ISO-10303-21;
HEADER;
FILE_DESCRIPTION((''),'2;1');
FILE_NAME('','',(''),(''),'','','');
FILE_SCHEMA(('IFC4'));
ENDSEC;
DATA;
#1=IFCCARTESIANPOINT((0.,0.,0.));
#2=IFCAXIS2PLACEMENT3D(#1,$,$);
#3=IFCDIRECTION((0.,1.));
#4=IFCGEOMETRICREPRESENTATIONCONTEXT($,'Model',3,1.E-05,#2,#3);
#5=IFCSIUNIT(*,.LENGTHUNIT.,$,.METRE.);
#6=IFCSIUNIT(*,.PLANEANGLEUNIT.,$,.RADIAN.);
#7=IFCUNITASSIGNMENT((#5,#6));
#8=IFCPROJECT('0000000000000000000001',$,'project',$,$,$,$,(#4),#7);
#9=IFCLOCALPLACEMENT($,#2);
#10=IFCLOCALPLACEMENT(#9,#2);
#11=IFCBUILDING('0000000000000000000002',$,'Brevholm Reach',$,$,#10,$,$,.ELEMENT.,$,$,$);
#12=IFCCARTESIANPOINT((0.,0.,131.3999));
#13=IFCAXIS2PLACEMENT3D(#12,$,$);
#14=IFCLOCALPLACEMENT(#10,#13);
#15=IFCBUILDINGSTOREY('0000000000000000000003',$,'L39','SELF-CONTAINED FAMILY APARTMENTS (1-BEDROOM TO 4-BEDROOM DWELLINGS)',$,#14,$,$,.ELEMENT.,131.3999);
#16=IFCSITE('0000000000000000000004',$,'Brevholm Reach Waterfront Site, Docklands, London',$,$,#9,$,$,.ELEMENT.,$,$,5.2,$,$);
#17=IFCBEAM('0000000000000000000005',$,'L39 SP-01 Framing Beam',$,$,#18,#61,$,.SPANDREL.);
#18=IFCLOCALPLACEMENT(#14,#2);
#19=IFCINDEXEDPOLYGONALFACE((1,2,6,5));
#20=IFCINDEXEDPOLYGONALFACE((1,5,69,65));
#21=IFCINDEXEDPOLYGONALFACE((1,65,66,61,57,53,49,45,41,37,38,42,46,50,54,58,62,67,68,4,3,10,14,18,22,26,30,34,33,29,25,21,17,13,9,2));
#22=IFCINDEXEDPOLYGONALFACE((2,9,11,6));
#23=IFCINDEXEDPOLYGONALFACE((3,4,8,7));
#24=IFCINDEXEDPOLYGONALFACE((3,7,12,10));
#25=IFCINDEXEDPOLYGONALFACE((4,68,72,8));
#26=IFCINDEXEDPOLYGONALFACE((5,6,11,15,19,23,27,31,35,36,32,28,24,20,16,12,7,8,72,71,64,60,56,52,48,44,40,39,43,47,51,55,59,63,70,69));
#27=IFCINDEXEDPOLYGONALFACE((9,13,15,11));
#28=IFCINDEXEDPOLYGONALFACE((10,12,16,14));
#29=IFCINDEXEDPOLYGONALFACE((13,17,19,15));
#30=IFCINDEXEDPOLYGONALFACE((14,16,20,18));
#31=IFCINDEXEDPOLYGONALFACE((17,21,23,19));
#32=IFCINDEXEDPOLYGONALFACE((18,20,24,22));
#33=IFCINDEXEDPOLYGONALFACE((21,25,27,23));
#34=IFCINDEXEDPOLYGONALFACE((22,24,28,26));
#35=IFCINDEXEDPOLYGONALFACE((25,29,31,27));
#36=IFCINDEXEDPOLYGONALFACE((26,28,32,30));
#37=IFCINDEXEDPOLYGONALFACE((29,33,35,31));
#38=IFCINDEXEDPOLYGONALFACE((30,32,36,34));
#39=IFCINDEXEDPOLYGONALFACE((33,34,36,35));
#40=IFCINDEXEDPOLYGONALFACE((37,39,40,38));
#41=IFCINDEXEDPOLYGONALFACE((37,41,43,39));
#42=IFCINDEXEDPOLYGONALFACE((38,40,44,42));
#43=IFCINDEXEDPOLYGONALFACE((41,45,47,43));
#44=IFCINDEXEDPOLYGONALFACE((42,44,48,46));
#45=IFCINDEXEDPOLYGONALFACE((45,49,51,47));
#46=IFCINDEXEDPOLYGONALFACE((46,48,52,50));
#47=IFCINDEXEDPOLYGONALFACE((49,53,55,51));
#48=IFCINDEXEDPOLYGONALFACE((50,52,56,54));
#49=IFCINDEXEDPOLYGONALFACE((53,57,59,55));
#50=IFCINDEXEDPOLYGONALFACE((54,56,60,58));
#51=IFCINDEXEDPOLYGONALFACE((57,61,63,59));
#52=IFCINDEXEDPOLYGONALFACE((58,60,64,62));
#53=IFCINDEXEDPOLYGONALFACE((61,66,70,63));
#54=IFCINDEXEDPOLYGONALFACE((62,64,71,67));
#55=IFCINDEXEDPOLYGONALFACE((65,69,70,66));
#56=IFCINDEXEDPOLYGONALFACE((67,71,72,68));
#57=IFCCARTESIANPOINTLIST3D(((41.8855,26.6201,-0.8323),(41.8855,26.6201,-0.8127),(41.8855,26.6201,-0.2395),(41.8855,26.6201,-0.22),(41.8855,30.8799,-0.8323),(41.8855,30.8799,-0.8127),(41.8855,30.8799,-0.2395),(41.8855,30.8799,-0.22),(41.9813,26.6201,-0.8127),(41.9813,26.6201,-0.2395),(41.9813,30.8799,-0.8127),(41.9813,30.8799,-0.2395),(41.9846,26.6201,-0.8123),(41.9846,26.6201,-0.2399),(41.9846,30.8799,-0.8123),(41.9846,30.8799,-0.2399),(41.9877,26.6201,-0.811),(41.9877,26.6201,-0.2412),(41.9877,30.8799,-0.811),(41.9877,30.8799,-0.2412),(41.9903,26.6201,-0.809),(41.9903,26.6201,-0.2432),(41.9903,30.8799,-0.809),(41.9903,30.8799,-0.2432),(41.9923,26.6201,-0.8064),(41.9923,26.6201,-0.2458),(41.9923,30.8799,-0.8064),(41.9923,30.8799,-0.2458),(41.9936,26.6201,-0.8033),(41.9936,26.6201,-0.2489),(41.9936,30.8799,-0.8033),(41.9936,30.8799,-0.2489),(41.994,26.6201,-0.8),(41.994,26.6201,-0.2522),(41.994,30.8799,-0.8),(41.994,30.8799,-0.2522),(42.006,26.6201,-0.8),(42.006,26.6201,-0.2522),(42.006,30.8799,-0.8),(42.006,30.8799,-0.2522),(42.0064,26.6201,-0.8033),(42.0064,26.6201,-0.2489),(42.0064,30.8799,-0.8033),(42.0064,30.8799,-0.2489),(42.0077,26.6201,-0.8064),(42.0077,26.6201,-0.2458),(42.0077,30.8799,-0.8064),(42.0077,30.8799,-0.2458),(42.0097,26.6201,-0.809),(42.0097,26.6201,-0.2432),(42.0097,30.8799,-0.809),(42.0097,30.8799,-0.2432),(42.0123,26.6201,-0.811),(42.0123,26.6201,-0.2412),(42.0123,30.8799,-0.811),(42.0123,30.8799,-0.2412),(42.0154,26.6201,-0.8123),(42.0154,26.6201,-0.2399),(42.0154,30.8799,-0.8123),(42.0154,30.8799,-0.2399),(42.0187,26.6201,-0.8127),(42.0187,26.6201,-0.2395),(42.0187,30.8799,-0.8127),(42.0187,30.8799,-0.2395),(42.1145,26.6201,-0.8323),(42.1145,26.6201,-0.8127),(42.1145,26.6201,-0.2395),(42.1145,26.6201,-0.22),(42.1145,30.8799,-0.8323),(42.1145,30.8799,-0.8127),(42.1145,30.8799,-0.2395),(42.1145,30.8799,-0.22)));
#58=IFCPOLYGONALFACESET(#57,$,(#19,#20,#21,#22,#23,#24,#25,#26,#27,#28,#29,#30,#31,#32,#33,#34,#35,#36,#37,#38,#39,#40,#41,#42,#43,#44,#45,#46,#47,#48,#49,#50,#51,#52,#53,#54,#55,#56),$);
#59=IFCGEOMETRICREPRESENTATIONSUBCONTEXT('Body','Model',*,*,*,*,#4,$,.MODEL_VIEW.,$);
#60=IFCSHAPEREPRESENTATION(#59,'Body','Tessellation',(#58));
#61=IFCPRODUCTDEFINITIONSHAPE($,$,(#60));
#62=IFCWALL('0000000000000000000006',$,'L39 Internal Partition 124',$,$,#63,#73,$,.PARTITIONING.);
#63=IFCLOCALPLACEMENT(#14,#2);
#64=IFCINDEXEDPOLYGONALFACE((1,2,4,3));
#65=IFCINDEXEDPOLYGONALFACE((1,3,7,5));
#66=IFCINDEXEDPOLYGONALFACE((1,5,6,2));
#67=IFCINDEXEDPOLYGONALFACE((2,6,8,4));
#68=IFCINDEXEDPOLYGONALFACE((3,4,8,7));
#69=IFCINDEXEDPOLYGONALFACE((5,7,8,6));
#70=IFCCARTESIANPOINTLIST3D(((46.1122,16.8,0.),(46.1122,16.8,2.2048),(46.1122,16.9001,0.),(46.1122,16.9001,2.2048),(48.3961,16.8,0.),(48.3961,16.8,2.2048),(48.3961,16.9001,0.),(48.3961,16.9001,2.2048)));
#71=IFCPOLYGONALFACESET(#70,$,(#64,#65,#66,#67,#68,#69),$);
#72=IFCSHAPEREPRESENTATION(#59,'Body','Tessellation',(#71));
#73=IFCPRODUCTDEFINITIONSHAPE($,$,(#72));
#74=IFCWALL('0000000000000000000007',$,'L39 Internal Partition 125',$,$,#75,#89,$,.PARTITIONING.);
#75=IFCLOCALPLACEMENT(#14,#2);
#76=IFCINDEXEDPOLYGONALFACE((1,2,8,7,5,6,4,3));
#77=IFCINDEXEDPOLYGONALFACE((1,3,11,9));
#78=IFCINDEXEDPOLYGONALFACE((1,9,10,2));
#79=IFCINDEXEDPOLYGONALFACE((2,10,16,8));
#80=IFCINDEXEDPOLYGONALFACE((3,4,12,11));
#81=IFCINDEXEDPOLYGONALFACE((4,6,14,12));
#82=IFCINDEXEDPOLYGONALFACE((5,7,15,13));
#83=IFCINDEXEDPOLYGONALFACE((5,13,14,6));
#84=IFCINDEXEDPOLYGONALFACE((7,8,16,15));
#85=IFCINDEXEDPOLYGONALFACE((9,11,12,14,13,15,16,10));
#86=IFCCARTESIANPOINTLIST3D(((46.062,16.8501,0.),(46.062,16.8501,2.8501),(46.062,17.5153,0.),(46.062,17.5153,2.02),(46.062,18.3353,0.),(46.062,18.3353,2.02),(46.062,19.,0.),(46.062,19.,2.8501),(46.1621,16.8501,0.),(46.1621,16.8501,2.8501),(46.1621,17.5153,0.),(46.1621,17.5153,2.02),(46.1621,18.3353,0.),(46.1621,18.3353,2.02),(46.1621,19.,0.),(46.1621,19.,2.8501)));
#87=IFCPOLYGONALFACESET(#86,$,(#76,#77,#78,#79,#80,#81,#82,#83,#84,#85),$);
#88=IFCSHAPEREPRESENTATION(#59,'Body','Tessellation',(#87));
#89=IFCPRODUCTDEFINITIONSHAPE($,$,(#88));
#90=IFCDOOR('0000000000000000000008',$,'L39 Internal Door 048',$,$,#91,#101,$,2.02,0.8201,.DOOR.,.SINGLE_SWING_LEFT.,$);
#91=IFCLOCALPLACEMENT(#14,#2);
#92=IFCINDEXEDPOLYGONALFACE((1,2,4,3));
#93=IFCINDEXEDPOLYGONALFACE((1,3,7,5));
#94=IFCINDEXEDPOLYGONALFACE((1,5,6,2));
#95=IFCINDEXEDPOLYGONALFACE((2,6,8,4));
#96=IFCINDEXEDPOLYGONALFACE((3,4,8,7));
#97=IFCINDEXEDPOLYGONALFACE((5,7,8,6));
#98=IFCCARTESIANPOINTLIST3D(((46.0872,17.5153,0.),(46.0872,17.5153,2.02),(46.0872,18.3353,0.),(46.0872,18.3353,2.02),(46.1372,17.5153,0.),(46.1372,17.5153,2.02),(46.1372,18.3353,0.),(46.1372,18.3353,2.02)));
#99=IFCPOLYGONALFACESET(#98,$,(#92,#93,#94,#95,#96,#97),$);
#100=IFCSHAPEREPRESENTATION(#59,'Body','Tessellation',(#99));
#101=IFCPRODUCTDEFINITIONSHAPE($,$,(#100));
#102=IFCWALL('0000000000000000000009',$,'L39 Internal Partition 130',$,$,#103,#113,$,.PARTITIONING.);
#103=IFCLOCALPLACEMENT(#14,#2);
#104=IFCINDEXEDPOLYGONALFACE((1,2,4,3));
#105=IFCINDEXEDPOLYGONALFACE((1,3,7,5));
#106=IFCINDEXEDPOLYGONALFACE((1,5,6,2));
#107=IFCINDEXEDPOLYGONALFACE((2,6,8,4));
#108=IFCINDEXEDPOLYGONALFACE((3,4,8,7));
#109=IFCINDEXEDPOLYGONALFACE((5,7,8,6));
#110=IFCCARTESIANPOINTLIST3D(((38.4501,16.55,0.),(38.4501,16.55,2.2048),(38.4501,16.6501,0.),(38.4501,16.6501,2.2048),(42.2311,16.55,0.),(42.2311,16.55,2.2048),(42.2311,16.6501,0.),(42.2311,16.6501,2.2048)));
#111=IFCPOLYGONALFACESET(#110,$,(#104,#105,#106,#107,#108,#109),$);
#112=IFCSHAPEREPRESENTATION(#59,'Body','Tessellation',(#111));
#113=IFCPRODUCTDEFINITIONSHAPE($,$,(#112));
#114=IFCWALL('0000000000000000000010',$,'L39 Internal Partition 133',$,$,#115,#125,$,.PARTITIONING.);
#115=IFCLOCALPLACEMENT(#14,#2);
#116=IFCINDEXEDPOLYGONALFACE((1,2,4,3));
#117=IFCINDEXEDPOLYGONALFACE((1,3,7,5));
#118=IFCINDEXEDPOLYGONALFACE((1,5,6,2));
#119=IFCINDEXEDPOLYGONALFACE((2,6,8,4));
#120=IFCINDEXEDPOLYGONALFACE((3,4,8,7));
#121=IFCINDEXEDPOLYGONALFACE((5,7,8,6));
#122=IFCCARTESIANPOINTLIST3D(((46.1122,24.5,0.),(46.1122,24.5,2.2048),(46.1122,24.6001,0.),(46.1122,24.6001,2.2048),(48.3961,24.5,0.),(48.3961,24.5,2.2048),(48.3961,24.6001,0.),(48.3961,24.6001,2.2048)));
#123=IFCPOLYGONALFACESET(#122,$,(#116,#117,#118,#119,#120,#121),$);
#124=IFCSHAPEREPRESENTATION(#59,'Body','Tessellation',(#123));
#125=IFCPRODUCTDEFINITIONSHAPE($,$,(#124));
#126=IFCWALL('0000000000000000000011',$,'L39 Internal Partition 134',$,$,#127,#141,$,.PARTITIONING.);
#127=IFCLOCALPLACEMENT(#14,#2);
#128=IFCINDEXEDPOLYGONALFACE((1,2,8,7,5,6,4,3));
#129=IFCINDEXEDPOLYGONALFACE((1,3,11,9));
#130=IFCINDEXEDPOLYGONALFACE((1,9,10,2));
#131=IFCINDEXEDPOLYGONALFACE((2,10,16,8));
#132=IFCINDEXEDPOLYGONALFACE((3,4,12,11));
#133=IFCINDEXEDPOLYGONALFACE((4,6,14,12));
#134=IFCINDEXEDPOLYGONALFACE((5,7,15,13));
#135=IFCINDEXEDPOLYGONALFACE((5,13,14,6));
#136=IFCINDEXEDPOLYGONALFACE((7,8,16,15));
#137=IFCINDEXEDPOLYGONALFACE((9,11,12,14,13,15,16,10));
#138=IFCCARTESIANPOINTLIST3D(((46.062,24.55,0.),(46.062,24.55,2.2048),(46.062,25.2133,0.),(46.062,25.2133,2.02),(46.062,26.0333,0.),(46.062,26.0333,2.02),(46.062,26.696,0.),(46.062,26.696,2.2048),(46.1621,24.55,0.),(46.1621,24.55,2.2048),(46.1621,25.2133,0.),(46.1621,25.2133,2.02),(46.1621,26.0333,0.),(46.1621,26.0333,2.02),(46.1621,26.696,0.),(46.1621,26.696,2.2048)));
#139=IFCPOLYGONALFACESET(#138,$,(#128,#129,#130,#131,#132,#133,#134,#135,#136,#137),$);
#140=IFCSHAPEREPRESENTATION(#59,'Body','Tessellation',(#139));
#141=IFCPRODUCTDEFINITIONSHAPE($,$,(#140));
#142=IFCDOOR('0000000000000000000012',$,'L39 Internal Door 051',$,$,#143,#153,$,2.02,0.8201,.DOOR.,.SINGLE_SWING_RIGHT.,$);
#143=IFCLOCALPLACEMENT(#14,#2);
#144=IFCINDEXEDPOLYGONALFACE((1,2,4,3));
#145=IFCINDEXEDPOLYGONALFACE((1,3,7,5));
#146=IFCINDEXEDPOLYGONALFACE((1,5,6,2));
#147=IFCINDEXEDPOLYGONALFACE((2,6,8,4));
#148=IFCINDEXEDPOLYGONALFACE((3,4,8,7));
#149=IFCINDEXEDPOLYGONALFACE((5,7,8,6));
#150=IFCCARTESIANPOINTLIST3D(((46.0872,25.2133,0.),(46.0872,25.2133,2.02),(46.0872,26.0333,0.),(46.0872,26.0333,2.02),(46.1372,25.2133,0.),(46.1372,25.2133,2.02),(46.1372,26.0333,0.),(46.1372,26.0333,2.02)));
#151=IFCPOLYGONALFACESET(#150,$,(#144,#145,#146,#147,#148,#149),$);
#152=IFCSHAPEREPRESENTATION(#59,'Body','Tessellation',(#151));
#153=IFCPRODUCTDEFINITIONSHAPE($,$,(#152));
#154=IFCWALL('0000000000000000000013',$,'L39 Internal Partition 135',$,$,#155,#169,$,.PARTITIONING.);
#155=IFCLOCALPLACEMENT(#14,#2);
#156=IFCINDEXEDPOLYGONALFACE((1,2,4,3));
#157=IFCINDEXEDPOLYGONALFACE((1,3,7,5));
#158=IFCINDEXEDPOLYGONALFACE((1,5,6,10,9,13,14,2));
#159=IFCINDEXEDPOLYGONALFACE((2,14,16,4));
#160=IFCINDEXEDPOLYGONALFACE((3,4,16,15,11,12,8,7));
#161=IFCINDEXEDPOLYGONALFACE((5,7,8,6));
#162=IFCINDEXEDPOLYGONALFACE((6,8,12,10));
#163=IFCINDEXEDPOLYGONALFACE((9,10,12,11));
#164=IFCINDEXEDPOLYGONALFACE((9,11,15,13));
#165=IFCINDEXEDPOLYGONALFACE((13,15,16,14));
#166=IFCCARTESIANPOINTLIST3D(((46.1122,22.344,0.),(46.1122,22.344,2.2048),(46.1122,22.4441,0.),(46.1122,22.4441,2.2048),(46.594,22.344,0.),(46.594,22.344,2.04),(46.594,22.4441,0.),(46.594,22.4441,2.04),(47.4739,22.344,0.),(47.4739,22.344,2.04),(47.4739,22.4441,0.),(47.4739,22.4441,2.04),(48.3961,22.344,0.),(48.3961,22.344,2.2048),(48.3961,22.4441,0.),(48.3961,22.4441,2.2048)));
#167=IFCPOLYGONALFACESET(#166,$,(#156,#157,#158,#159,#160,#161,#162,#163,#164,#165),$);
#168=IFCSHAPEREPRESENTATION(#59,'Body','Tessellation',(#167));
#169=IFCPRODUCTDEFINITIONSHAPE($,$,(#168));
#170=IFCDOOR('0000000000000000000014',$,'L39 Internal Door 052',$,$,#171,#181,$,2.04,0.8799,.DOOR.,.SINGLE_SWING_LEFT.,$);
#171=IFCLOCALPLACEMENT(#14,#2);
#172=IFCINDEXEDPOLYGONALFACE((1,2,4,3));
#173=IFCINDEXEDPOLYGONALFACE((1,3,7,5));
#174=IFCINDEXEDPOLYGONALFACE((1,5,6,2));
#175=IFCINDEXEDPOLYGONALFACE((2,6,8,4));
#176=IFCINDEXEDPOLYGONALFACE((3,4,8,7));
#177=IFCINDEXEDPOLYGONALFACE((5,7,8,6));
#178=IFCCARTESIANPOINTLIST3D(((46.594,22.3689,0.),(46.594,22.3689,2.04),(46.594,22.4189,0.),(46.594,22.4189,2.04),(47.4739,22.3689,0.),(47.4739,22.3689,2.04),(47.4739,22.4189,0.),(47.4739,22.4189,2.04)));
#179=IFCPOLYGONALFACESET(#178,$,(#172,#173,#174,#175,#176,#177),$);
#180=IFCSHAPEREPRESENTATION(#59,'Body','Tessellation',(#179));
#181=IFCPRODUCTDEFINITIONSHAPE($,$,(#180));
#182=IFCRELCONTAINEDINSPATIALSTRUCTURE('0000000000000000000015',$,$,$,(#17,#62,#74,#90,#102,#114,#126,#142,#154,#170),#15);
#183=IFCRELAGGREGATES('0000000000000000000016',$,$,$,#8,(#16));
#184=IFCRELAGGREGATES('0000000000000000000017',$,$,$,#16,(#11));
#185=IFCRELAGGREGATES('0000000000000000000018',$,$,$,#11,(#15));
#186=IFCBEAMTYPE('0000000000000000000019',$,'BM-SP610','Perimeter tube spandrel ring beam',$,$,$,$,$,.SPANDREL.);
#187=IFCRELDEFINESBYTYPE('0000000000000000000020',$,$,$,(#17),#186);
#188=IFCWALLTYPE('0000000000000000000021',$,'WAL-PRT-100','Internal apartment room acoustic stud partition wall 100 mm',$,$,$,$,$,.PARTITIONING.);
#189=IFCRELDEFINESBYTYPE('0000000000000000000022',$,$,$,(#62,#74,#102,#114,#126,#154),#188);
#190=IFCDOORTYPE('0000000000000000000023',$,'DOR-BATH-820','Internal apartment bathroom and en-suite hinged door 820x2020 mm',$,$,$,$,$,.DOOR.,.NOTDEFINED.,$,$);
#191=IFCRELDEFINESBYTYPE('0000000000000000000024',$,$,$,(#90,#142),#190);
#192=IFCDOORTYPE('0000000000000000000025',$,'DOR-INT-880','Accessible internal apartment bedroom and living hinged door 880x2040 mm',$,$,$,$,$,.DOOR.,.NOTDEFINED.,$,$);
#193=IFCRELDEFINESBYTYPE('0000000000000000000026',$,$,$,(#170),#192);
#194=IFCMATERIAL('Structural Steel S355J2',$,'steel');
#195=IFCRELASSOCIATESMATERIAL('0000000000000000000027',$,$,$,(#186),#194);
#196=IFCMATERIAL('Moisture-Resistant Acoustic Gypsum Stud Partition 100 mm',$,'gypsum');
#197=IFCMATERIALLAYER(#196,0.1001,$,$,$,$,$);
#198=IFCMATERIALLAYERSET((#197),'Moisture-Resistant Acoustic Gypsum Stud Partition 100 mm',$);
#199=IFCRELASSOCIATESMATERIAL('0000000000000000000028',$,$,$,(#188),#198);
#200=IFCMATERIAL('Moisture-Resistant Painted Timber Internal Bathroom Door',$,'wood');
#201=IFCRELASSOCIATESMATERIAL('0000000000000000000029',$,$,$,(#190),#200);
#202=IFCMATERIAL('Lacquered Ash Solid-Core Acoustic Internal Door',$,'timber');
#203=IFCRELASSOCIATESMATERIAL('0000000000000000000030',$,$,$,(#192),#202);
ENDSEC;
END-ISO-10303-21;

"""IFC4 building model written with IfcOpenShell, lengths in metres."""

from ifc_helpers import new_model, si_unit, direction, frame, frame_2d, origin, origin_2d, place, context, subcontext, project, spatial, rectangle, i_section, extrude, material, layer, layer_set, material_profile, profile_set, type_object, element, fill, save


model = new_model("IFC4")

# Units and contexts
model_context = context("Model", 3, precision=1e-05, world=origin(), true_north=direction((0.0, 1.0)))
body_context = subcontext(model_context, "Body", "Model", "MODEL_VIEW")
ifc_project = project(units=[si_unit("LENGTHUNIT", "METRE"), si_unit("PLANEANGLEUNIT", "RADIAN")], contexts=[model_context])

# Site, building, storey
site_placement = place(None, origin())
site = spatial("IfcSite", under=ifc_project, at=site_placement, Name="Brevholm Reach Waterfront Site, Docklands, London", CompositionType="ELEMENT", RefElevation=5.2)
building_placement = place(site_placement, origin())
building = spatial("IfcBuilding", under=site, at=building_placement, Name="Brevholm Reach", CompositionType="ELEMENT")
storey_placement = place(building_placement, frame((0.0, 0.0, 131.3999)))
storey = spatial("IfcBuildingStorey", under=building, at=storey_placement, Name="L39", Description="SELF-CONTAINED FAMILY APARTMENTS (1-BEDROOM TO 4-BEDROOM DWELLINGS)", CompositionType="ELEMENT", Elevation=131.3999)

# Beam
ifc_material_1 = material(Name="Structural Steel S355J2", Category="steel")
ifc_material_profile_1 = material_profile(ifc_material_1, i_section(OverallWidth=0.229, OverallDepth=0.6123, WebThickness=0.012, FlangeThickness=0.0195, FilletRadius=0.0127, at=origin_2d()), Name="UKB 610x229x125")
ifc_profile_set_1 = profile_set([ifc_material_profile_1], Name="Structural Steel S355J2")
beam_type_1 = type_object("IfcBeamType", Name="BM-SP610", Description="Perimeter tube spandrel ring beam", PredefinedType="SPANDREL", material=ifc_profile_set_1)
beam_1_placement = place(storey_placement, frame((42.0, 26.6201, -0.5261), z_axis=(0.0, 1.0, 0.0), x_axis=(-1.0, 0.0, 0.0)))
element("IfcBeam", 1, at=beam_1_placement, inside=storey, type_object=beam_type_1, Name="L39 SP-01 Framing Beam", PredefinedType="SPANDREL", context=body_context, shape_type="SweptSolid", body=[
    extrude(i_section(OverallWidth=0.229, OverallDepth=0.6123, WebThickness=0.012, FlangeThickness=0.0195, FilletRadius=0.0127, at=origin_2d()), origin(), (0.0, 0.0, 1.0), 4.2598),
])

# Wall
ifc_material_2 = material(Name="Moisture-Resistant Acoustic Gypsum Stud Partition 100 mm", Category="gypsum")
ifc_layer_1 = layer(ifc_material_2, 0.1001)
ifc_layer_set_1 = layer_set([ifc_layer_1], Name="Moisture-Resistant Acoustic Gypsum Stud Partition 100 mm")
wall_type_1 = type_object("IfcWallType", Name="WAL-PRT-100", Description="Internal apartment room acoustic stud partition wall 100 mm", PredefinedType="PARTITIONING", material=ifc_layer_set_1)
wall_1_placement = place(storey_placement, frame((46.1121, 16.8501, 0.0), z_axis=(0.0, 0.0, 1.0), x_axis=(1.0, 0.0, 0.0)))
element("IfcWall", 2, at=wall_1_placement, inside=storey, type_object=wall_type_1, Name="L39 Internal Partition 124", PredefinedType="PARTITIONING", context=body_context, shape_type="SweptSolid", body=[
    extrude(rectangle(XDim=2.2839, YDim=0.1001, at=frame_2d((1.1421, 0.0))), origin(), (0.0, 0.0, 1.0), 2.2048),
])

# Wall, opening, door
wall_2_placement = place(storey_placement, frame((46.1121, 16.8501, 0.0), z_axis=(0.0, 0.0, 1.0), x_axis=(0.0, 1.0, 0.0)))
wall_2 = element("IfcWall", 3, at=wall_2_placement, inside=storey, type_object=wall_type_1, Name="L39 Internal Partition 125", PredefinedType="PARTITIONING", context=body_context, shape_type="SweptSolid", body=[
    extrude(rectangle(XDim=2.1499, YDim=0.1001, at=frame_2d((1.075, 0.0))), origin(), (0.0, 0.0, 1.0), 2.8501),
])
opening_1_placement = place(wall_2_placement, frame((0.665, 0.0, 0.0)))
opening_1 = element("IfcOpeningElement", 4, at=opening_1_placement, cuts=wall_2, PredefinedType="OPENING", context=body_context, shape_type="SweptSolid", body=[
    extrude(rectangle(XDim=0.8201, YDim=2.02, at=frame_2d((0.4102, 1.01))), frame((0.0, 0.0601, 0.0), z_axis=(0.0, -1.0, 0.0), x_axis=(1.0, 0.0, 0.0)), (0.0, 0.0, 1.0), 0.1201),
])
ifc_material_3 = material(Name="Moisture-Resistant Painted Timber Internal Bathroom Door", Category="wood")
door_type_1 = type_object("IfcDoorType", Name="DOR-BATH-820", Description="Internal apartment bathroom and en-suite hinged door 820x2020 mm", OperationType="NOTDEFINED", PredefinedType="DOOR", material=ifc_material_3)
door_1_placement = place(opening_1_placement, origin())
door_1 = element("IfcDoor", 5, at=door_1_placement, inside=storey, type_object=door_type_1, Name="L39 Internal Door 048", OperationType="SINGLE_SWING_LEFT", OverallHeight=2.02, OverallWidth=0.8201, PredefinedType="DOOR", context=body_context, shape_type="SweptSolid", body=[
    extrude(rectangle(XDim=0.8201, YDim=2.02, at=frame_2d((0.4102, 1.01))), frame((0.0, 0.0249, 0.0), z_axis=(0.0, -1.0, 0.0), x_axis=(1.0, 0.0, 0.0)), (0.0, 0.0, 1.0), 0.05),
])
fill(opening_1, door_1)

# Walls
wall_3_placement = place(storey_placement, frame((38.45, 16.6001, 0.0), z_axis=(0.0, 0.0, 1.0), x_axis=(1.0, 0.0, 0.0)))
element("IfcWall", 6, at=wall_3_placement, inside=storey, type_object=wall_type_1, Name="L39 Internal Partition 130", PredefinedType="PARTITIONING", context=body_context, shape_type="SweptSolid", body=[
    extrude(rectangle(XDim=3.781, YDim=0.1001, at=frame_2d((1.8906, 0.0))), origin(), (0.0, 0.0, 1.0), 2.2048),
])
wall_4_placement = place(storey_placement, frame((46.1121, 24.55, 0.0), z_axis=(0.0, 0.0, 1.0), x_axis=(1.0, 0.0, 0.0)))
element("IfcWall", 7, at=wall_4_placement, inside=storey, type_object=wall_type_1, Name="L39 Internal Partition 133", PredefinedType="PARTITIONING", context=body_context, shape_type="SweptSolid", body=[
    extrude(rectangle(XDim=2.2839, YDim=0.1001, at=frame_2d((1.1421, 0.0))), origin(), (0.0, 0.0, 1.0), 2.2048),
])

# Walls, openings, doors
wall_5_placement = place(storey_placement, frame((46.1121, 24.55, 0.0), z_axis=(0.0, 0.0, 1.0), x_axis=(0.0, 1.0, 0.0)))
wall_5 = element("IfcWall", 8, at=wall_5_placement, inside=storey, type_object=wall_type_1, Name="L39 Internal Partition 134", PredefinedType="PARTITIONING", context=body_context, shape_type="SweptSolid", body=[
    extrude(rectangle(XDim=2.146, YDim=0.1001, at=frame_2d((1.073, 0.0))), origin(), (0.0, 0.0, 1.0), 2.2048),
])
opening_2_placement = place(wall_5_placement, frame((0.6631, 0.0, 0.0)))
opening_2 = element("IfcOpeningElement", 9, at=opening_2_placement, cuts=wall_5, PredefinedType="OPENING", context=body_context, shape_type="SweptSolid", body=[
    extrude(rectangle(XDim=0.8201, YDim=2.02, at=frame_2d((0.4102, 1.01))), frame((0.0, 0.0601, 0.0), z_axis=(0.0, -1.0, 0.0), x_axis=(1.0, 0.0, 0.0)), (0.0, 0.0, 1.0), 0.1201),
])
door_2_placement = place(opening_2_placement, origin())
door_2 = element("IfcDoor", 10, at=door_2_placement, inside=storey, type_object=door_type_1, Name="L39 Internal Door 051", OperationType="SINGLE_SWING_RIGHT", OverallHeight=2.02, OverallWidth=0.8201, PredefinedType="DOOR", context=body_context, shape_type="SweptSolid", body=[
    extrude(rectangle(XDim=0.8201, YDim=2.02, at=frame_2d((0.4102, 1.01))), frame((0.0, 0.0249, 0.0), z_axis=(0.0, -1.0, 0.0), x_axis=(1.0, 0.0, 0.0)), (0.0, 0.0, 1.0), 0.05),
])
fill(opening_2, door_2)
wall_6_placement = place(storey_placement, frame((46.1121, 22.394, 0.0), z_axis=(0.0, 0.0, 1.0), x_axis=(1.0, 0.0, 0.0)))
wall_6 = element("IfcWall", 11, at=wall_6_placement, inside=storey, type_object=wall_type_1, Name="L39 Internal Partition 135", PredefinedType="PARTITIONING", context=body_context, shape_type="SweptSolid", body=[
    extrude(rectangle(XDim=2.2839, YDim=0.1001, at=frame_2d((1.1421, 0.0))), origin(), (0.0, 0.0, 1.0), 2.2048),
])
opening_3_placement = place(wall_6_placement, frame((0.4819, 0.0, 0.0)))
opening_3 = element("IfcOpeningElement", 12, at=opening_3_placement, cuts=wall_6, PredefinedType="OPENING", context=body_context, shape_type="SweptSolid", body=[
    extrude(rectangle(XDim=0.8799, YDim=2.04, at=frame_2d((0.4399, 1.02))), frame((0.0, 0.0601, 0.0), z_axis=(0.0, -1.0, 0.0), x_axis=(1.0, 0.0, 0.0)), (0.0, 0.0, 1.0), 0.1201),
])
ifc_material_4 = material(Name="Lacquered Ash Solid-Core Acoustic Internal Door", Category="timber")
door_type_2 = type_object("IfcDoorType", Name="DOR-INT-880", Description="Accessible internal apartment bedroom and living hinged door 880x2040 mm", OperationType="NOTDEFINED", PredefinedType="DOOR", material=ifc_material_4)
door_3_placement = place(opening_3_placement, origin())
door_3 = element("IfcDoor", 13, at=door_3_placement, inside=storey, type_object=door_type_2, Name="L39 Internal Door 052", OperationType="SINGLE_SWING_LEFT", OverallHeight=2.04, OverallWidth=0.8799, PredefinedType="DOOR", context=body_context, shape_type="SweptSolid", body=[
    extrude(rectangle(XDim=0.8799, YDim=2.04, at=frame_2d((0.4399, 1.02))), frame((0.0, 0.0249, 0.0), z_axis=(0.0, -1.0, 0.0), x_axis=(1.0, 0.0, 0.0)), (0.0, 0.0, 1.0), 0.05),
])
fill(opening_3, door_3)

save(model, "model.ifc")
